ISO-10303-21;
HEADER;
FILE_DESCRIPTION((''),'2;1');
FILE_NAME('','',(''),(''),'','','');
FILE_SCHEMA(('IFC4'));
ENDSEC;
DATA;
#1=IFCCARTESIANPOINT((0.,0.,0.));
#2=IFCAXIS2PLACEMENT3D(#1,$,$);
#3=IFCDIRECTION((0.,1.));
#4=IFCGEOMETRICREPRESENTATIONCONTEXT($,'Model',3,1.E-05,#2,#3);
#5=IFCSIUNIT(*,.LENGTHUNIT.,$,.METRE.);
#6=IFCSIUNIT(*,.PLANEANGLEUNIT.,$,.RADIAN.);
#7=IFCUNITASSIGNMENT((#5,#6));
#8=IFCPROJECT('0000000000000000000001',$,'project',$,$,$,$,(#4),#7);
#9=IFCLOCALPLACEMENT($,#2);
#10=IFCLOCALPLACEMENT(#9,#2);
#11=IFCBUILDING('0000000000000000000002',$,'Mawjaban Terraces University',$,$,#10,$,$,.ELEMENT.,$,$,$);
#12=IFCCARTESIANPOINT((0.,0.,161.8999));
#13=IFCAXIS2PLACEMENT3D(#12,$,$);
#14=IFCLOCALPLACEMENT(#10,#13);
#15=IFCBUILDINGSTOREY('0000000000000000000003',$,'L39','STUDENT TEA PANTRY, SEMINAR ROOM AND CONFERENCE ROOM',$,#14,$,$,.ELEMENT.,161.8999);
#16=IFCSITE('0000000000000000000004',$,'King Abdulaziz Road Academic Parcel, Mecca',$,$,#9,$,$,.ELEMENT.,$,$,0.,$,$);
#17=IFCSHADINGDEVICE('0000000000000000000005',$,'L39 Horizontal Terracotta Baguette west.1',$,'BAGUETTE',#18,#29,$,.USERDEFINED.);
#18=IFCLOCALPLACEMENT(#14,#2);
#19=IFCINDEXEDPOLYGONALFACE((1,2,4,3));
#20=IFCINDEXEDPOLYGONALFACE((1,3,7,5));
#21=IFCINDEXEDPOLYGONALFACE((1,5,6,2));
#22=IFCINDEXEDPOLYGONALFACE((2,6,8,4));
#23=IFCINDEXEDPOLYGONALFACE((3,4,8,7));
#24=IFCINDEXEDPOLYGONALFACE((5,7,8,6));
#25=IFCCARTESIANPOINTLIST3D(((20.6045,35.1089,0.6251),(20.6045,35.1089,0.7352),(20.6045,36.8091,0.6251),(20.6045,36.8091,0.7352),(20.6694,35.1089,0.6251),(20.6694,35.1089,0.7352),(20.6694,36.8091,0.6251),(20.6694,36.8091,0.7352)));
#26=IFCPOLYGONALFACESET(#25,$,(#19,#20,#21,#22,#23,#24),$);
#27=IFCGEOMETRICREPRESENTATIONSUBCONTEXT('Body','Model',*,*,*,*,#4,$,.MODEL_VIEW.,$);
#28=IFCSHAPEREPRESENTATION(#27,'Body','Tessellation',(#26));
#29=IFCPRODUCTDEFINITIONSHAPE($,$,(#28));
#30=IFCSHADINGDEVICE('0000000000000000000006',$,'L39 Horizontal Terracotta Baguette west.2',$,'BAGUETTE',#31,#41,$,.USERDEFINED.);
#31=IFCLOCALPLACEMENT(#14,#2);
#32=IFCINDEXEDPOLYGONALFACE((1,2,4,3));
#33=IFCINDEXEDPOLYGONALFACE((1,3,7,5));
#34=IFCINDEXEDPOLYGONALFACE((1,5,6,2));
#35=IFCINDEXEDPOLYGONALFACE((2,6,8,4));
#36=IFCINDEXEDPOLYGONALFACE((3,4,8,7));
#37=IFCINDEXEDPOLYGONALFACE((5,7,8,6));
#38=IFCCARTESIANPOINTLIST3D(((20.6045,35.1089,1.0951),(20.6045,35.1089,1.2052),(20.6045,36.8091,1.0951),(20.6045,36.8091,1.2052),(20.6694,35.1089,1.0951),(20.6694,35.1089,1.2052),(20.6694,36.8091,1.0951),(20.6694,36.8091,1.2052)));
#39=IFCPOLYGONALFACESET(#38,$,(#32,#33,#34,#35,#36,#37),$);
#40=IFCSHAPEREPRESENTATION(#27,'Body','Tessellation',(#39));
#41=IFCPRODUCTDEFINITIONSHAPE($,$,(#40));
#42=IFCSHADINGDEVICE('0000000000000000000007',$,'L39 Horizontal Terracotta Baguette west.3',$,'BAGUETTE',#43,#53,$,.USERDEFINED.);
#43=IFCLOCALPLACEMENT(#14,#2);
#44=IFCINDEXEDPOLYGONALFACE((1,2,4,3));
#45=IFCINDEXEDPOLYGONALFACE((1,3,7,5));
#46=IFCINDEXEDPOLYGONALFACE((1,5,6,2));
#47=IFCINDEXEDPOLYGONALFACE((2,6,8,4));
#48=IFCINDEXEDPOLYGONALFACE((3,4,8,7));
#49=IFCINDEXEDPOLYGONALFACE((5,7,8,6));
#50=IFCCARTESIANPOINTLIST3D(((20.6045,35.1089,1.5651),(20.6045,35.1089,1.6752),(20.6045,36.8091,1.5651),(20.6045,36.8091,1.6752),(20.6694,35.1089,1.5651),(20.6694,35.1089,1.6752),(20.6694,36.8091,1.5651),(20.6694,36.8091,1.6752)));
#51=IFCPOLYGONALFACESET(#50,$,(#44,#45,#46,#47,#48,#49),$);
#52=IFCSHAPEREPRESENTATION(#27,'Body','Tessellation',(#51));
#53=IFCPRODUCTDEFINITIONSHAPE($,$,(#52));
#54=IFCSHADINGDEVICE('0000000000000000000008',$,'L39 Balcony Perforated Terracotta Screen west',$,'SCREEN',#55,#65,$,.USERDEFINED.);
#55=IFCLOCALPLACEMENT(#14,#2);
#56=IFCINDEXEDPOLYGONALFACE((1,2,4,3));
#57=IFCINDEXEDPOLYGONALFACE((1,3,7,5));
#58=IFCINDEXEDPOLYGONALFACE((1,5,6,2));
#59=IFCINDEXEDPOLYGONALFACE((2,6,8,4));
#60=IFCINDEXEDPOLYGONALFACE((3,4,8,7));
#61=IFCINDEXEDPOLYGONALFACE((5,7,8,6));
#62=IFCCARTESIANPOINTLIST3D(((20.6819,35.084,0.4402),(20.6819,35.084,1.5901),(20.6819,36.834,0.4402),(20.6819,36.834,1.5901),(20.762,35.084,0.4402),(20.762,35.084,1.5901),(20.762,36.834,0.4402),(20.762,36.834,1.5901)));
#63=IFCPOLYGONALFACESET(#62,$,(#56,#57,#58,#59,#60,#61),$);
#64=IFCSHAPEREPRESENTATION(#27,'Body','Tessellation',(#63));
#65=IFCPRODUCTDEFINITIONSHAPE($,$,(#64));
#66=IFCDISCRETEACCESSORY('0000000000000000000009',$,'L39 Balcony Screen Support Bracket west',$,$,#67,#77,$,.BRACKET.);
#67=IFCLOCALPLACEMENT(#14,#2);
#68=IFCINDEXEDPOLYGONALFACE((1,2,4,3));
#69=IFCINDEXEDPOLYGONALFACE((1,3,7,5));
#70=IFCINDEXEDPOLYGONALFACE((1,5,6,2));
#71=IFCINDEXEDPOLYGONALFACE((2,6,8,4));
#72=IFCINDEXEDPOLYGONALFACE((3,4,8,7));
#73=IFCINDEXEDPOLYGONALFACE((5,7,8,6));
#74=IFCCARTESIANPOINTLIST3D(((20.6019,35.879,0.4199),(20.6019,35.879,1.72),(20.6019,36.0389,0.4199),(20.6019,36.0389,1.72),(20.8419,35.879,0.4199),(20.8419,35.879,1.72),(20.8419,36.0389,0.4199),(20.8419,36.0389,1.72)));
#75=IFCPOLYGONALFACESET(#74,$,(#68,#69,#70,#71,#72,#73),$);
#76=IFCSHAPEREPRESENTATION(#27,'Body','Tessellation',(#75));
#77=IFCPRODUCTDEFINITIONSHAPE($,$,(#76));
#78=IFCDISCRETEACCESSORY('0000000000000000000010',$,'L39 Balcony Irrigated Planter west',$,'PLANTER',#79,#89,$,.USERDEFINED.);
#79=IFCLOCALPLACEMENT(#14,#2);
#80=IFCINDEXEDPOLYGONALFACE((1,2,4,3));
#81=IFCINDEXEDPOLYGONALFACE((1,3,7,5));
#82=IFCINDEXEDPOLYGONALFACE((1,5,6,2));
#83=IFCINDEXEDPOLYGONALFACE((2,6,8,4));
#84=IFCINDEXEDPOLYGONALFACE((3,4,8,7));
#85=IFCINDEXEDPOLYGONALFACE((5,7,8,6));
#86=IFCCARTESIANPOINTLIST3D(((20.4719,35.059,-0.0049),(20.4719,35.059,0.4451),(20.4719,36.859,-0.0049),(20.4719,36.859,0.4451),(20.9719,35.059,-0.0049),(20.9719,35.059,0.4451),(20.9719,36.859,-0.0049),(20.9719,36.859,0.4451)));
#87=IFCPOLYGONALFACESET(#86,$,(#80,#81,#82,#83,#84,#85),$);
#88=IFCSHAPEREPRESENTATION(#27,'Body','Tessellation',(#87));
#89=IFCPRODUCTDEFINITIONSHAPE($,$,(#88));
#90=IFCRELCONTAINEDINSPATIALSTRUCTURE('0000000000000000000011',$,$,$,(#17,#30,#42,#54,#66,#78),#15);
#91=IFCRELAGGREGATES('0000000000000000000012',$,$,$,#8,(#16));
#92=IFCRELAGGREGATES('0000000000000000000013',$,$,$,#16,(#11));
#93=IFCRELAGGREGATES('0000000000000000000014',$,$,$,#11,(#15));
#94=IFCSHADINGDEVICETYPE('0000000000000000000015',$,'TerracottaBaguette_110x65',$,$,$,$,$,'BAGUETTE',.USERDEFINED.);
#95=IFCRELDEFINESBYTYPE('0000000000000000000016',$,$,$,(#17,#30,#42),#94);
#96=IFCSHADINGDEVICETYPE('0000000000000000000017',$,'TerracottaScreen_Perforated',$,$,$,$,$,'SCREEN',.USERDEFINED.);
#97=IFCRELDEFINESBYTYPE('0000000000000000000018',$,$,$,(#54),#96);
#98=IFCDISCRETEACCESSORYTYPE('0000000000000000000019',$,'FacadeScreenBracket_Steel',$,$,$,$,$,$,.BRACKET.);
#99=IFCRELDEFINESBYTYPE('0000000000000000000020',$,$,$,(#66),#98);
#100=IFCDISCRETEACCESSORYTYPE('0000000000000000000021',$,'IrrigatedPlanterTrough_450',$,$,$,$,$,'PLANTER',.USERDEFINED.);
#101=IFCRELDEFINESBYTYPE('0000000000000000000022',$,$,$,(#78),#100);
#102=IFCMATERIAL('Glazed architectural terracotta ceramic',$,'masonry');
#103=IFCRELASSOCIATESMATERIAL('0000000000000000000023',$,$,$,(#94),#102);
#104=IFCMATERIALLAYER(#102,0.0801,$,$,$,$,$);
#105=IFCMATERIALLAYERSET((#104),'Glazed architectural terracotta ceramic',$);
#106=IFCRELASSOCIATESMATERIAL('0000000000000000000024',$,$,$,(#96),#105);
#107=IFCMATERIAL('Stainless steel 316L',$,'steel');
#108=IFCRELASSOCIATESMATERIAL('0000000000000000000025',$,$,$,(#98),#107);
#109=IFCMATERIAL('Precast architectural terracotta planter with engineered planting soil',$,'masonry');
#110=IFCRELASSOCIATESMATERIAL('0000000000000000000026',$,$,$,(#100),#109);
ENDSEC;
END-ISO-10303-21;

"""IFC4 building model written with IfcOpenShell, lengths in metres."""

from ifc_helpers import new_model, si_unit, direction, frame, origin, origin_2d, place, context, subcontext, project, spatial, rectangle, extrude, material, layer, layer_set, material_profile, profile_set, type_object, element, save


model = new_model("IFC4")

# Units and contexts
model_context = context("Model", 3, precision=1e-05, world=origin(), true_north=direction((0.0, 1.0)))
body_context = subcontext(model_context, "Body", "Model", "MODEL_VIEW")
ifc_project = project(units=[si_unit("LENGTHUNIT", "METRE"), si_unit("PLANEANGLEUNIT", "RADIAN")], contexts=[model_context])

# Site, building, storey
site_placement = place(None, origin())
site = spatial("IfcSite", under=ifc_project, at=site_placement, Name="King Abdulaziz Road Academic Parcel, Mecca", CompositionType="ELEMENT", RefElevation=0.0)
building_placement = place(site_placement, origin())
building = spatial("IfcBuilding", under=site, at=building_placement, Name="Mawjaban Terraces University", CompositionType="ELEMENT")
storey_placement = place(building_placement, frame((0.0, 0.0, 161.8999)))
storey = spatial("IfcBuildingStorey", under=building, at=storey_placement, Name="L39", Description="STUDENT TEA PANTRY, SEMINAR ROOM AND CONFERENCE ROOM", CompositionType="ELEMENT", Elevation=161.8999)

# Shading devices
ifc_material_1 = material(Name="Glazed architectural terracotta ceramic", Category="masonry")
ifc_material_profile_1 = material_profile(ifc_material_1, rectangle(XDim=0.0649, YDim=0.1101, at=origin_2d()), Name="TBAG110X65")
ifc_profile_set_1 = profile_set([ifc_material_profile_1], Name="Glazed architectural terracotta ceramic")
shading_device_type_1 = type_object("IfcShadingDeviceType", Name="TerracottaBaguette_110x65", ElementType="BAGUETTE", PredefinedType="USERDEFINED", material=ifc_profile_set_1)
for number, where, z_axis, x_axis, name in (
    (1, (20.637, 35.1089, 0.6802), (0.0, 1.0, 0.0), (-1.0, 0.0, 0.0), "L39 Horizontal Terracotta Baguette west.1"),
    (2, (20.637, 35.1089, 1.1501), (0.0, 1.0, 0.0), (-1.0, 0.0, 0.0), "L39 Horizontal Terracotta Baguette west.2"),
    (3, (20.637, 35.1089, 1.6201), (0.0, 1.0, 0.0), (-1.0, 0.0, 0.0), "L39 Horizontal Terracotta Baguette west.3"),
):
    element("IfcShadingDevice", number, at=place(storey_placement, frame(where, z_axis=z_axis, x_axis=x_axis)), inside=storey, type_object=shading_device_type_1, Name=name, ObjectType="BAGUETTE", PredefinedType="USERDEFINED", context=body_context, shape_type="SweptSolid", body=[
        extrude(rectangle(XDim=0.0649, YDim=0.1101, at=origin_2d()), origin(), (0.0, 0.0, 1.0), 1.7002),
    ])
ifc_layer_1 = layer(ifc_material_1, 0.0801)
ifc_layer_set_1 = layer_set([ifc_layer_1], Name="Glazed architectural terracotta ceramic")
shading_device_type_2 = type_object("IfcShadingDeviceType", Name="TerracottaScreen_Perforated", ElementType="SCREEN", PredefinedType="USERDEFINED", material=ifc_layer_set_1)
shading_device_placement = place(storey_placement, frame((20.7219, 35.959, 0.4402), z_axis=(0.0, 0.0, 1.0), x_axis=(0.0, 1.0, 0.0)))
element("IfcShadingDevice", 4, at=shading_device_placement, inside=storey, type_object=shading_device_type_2, Name="L39 Balcony Perforated Terracotta Screen west", ObjectType="SCREEN", PredefinedType="USERDEFINED", context=body_context, shape_type="SweptSolid", body=[
    extrude(rectangle(XDim=1.75, YDim=0.0801, at=origin_2d()), origin(), (0.0, 0.0, 1.0), 1.1499),
])

# Discrete accessories
ifc_material_2 = material(Name="Stainless steel 316L", Category="steel")
discrete_accessory_type_1 = type_object("IfcDiscreteAccessoryType", Name="FacadeScreenBracket_Steel", PredefinedType="BRACKET", material=ifc_material_2)
discrete_accessory_1_placement = place(storey_placement, frame((20.7219, 35.959, 0.4199), z_axis=(0.0, 0.0, 1.0), x_axis=(0.0, 1.0, 0.0)))
element("IfcDiscreteAccessory", 5, at=discrete_accessory_1_placement, inside=storey, type_object=discrete_accessory_type_1, Name="L39 Balcony Screen Support Bracket west", PredefinedType="BRACKET", context=body_context, shape_type="SweptSolid", body=[
    extrude(rectangle(XDim=0.1599, YDim=0.24, at=origin_2d()), origin(), (0.0, 0.0, 1.0), 1.3),
])
ifc_material_3 = material(Name="Precast architectural terracotta planter with engineered planting soil", Category="masonry")
discrete_accessory_type_2 = type_object("IfcDiscreteAccessoryType", Name="IrrigatedPlanterTrough_450", ElementType="PLANTER", PredefinedType="USERDEFINED", material=ifc_material_3)
discrete_accessory_2_placement = place(storey_placement, frame((20.7219, 35.959, -0.0049), z_axis=(0.0, 0.0, 1.0), x_axis=(0.0, 1.0, 0.0)))
element("IfcDiscreteAccessory", 6, at=discrete_accessory_2_placement, inside=storey, type_object=discrete_accessory_type_2, Name="L39 Balcony Irrigated Planter west", ObjectType="PLANTER", PredefinedType="USERDEFINED", context=body_context, shape_type="SweptSolid", body=[
    extrude(rectangle(XDim=1.8, YDim=0.5, at=origin_2d()), origin(), (0.0, 0.0, 1.0), 0.45),
])

save(model, "model.ifc")
